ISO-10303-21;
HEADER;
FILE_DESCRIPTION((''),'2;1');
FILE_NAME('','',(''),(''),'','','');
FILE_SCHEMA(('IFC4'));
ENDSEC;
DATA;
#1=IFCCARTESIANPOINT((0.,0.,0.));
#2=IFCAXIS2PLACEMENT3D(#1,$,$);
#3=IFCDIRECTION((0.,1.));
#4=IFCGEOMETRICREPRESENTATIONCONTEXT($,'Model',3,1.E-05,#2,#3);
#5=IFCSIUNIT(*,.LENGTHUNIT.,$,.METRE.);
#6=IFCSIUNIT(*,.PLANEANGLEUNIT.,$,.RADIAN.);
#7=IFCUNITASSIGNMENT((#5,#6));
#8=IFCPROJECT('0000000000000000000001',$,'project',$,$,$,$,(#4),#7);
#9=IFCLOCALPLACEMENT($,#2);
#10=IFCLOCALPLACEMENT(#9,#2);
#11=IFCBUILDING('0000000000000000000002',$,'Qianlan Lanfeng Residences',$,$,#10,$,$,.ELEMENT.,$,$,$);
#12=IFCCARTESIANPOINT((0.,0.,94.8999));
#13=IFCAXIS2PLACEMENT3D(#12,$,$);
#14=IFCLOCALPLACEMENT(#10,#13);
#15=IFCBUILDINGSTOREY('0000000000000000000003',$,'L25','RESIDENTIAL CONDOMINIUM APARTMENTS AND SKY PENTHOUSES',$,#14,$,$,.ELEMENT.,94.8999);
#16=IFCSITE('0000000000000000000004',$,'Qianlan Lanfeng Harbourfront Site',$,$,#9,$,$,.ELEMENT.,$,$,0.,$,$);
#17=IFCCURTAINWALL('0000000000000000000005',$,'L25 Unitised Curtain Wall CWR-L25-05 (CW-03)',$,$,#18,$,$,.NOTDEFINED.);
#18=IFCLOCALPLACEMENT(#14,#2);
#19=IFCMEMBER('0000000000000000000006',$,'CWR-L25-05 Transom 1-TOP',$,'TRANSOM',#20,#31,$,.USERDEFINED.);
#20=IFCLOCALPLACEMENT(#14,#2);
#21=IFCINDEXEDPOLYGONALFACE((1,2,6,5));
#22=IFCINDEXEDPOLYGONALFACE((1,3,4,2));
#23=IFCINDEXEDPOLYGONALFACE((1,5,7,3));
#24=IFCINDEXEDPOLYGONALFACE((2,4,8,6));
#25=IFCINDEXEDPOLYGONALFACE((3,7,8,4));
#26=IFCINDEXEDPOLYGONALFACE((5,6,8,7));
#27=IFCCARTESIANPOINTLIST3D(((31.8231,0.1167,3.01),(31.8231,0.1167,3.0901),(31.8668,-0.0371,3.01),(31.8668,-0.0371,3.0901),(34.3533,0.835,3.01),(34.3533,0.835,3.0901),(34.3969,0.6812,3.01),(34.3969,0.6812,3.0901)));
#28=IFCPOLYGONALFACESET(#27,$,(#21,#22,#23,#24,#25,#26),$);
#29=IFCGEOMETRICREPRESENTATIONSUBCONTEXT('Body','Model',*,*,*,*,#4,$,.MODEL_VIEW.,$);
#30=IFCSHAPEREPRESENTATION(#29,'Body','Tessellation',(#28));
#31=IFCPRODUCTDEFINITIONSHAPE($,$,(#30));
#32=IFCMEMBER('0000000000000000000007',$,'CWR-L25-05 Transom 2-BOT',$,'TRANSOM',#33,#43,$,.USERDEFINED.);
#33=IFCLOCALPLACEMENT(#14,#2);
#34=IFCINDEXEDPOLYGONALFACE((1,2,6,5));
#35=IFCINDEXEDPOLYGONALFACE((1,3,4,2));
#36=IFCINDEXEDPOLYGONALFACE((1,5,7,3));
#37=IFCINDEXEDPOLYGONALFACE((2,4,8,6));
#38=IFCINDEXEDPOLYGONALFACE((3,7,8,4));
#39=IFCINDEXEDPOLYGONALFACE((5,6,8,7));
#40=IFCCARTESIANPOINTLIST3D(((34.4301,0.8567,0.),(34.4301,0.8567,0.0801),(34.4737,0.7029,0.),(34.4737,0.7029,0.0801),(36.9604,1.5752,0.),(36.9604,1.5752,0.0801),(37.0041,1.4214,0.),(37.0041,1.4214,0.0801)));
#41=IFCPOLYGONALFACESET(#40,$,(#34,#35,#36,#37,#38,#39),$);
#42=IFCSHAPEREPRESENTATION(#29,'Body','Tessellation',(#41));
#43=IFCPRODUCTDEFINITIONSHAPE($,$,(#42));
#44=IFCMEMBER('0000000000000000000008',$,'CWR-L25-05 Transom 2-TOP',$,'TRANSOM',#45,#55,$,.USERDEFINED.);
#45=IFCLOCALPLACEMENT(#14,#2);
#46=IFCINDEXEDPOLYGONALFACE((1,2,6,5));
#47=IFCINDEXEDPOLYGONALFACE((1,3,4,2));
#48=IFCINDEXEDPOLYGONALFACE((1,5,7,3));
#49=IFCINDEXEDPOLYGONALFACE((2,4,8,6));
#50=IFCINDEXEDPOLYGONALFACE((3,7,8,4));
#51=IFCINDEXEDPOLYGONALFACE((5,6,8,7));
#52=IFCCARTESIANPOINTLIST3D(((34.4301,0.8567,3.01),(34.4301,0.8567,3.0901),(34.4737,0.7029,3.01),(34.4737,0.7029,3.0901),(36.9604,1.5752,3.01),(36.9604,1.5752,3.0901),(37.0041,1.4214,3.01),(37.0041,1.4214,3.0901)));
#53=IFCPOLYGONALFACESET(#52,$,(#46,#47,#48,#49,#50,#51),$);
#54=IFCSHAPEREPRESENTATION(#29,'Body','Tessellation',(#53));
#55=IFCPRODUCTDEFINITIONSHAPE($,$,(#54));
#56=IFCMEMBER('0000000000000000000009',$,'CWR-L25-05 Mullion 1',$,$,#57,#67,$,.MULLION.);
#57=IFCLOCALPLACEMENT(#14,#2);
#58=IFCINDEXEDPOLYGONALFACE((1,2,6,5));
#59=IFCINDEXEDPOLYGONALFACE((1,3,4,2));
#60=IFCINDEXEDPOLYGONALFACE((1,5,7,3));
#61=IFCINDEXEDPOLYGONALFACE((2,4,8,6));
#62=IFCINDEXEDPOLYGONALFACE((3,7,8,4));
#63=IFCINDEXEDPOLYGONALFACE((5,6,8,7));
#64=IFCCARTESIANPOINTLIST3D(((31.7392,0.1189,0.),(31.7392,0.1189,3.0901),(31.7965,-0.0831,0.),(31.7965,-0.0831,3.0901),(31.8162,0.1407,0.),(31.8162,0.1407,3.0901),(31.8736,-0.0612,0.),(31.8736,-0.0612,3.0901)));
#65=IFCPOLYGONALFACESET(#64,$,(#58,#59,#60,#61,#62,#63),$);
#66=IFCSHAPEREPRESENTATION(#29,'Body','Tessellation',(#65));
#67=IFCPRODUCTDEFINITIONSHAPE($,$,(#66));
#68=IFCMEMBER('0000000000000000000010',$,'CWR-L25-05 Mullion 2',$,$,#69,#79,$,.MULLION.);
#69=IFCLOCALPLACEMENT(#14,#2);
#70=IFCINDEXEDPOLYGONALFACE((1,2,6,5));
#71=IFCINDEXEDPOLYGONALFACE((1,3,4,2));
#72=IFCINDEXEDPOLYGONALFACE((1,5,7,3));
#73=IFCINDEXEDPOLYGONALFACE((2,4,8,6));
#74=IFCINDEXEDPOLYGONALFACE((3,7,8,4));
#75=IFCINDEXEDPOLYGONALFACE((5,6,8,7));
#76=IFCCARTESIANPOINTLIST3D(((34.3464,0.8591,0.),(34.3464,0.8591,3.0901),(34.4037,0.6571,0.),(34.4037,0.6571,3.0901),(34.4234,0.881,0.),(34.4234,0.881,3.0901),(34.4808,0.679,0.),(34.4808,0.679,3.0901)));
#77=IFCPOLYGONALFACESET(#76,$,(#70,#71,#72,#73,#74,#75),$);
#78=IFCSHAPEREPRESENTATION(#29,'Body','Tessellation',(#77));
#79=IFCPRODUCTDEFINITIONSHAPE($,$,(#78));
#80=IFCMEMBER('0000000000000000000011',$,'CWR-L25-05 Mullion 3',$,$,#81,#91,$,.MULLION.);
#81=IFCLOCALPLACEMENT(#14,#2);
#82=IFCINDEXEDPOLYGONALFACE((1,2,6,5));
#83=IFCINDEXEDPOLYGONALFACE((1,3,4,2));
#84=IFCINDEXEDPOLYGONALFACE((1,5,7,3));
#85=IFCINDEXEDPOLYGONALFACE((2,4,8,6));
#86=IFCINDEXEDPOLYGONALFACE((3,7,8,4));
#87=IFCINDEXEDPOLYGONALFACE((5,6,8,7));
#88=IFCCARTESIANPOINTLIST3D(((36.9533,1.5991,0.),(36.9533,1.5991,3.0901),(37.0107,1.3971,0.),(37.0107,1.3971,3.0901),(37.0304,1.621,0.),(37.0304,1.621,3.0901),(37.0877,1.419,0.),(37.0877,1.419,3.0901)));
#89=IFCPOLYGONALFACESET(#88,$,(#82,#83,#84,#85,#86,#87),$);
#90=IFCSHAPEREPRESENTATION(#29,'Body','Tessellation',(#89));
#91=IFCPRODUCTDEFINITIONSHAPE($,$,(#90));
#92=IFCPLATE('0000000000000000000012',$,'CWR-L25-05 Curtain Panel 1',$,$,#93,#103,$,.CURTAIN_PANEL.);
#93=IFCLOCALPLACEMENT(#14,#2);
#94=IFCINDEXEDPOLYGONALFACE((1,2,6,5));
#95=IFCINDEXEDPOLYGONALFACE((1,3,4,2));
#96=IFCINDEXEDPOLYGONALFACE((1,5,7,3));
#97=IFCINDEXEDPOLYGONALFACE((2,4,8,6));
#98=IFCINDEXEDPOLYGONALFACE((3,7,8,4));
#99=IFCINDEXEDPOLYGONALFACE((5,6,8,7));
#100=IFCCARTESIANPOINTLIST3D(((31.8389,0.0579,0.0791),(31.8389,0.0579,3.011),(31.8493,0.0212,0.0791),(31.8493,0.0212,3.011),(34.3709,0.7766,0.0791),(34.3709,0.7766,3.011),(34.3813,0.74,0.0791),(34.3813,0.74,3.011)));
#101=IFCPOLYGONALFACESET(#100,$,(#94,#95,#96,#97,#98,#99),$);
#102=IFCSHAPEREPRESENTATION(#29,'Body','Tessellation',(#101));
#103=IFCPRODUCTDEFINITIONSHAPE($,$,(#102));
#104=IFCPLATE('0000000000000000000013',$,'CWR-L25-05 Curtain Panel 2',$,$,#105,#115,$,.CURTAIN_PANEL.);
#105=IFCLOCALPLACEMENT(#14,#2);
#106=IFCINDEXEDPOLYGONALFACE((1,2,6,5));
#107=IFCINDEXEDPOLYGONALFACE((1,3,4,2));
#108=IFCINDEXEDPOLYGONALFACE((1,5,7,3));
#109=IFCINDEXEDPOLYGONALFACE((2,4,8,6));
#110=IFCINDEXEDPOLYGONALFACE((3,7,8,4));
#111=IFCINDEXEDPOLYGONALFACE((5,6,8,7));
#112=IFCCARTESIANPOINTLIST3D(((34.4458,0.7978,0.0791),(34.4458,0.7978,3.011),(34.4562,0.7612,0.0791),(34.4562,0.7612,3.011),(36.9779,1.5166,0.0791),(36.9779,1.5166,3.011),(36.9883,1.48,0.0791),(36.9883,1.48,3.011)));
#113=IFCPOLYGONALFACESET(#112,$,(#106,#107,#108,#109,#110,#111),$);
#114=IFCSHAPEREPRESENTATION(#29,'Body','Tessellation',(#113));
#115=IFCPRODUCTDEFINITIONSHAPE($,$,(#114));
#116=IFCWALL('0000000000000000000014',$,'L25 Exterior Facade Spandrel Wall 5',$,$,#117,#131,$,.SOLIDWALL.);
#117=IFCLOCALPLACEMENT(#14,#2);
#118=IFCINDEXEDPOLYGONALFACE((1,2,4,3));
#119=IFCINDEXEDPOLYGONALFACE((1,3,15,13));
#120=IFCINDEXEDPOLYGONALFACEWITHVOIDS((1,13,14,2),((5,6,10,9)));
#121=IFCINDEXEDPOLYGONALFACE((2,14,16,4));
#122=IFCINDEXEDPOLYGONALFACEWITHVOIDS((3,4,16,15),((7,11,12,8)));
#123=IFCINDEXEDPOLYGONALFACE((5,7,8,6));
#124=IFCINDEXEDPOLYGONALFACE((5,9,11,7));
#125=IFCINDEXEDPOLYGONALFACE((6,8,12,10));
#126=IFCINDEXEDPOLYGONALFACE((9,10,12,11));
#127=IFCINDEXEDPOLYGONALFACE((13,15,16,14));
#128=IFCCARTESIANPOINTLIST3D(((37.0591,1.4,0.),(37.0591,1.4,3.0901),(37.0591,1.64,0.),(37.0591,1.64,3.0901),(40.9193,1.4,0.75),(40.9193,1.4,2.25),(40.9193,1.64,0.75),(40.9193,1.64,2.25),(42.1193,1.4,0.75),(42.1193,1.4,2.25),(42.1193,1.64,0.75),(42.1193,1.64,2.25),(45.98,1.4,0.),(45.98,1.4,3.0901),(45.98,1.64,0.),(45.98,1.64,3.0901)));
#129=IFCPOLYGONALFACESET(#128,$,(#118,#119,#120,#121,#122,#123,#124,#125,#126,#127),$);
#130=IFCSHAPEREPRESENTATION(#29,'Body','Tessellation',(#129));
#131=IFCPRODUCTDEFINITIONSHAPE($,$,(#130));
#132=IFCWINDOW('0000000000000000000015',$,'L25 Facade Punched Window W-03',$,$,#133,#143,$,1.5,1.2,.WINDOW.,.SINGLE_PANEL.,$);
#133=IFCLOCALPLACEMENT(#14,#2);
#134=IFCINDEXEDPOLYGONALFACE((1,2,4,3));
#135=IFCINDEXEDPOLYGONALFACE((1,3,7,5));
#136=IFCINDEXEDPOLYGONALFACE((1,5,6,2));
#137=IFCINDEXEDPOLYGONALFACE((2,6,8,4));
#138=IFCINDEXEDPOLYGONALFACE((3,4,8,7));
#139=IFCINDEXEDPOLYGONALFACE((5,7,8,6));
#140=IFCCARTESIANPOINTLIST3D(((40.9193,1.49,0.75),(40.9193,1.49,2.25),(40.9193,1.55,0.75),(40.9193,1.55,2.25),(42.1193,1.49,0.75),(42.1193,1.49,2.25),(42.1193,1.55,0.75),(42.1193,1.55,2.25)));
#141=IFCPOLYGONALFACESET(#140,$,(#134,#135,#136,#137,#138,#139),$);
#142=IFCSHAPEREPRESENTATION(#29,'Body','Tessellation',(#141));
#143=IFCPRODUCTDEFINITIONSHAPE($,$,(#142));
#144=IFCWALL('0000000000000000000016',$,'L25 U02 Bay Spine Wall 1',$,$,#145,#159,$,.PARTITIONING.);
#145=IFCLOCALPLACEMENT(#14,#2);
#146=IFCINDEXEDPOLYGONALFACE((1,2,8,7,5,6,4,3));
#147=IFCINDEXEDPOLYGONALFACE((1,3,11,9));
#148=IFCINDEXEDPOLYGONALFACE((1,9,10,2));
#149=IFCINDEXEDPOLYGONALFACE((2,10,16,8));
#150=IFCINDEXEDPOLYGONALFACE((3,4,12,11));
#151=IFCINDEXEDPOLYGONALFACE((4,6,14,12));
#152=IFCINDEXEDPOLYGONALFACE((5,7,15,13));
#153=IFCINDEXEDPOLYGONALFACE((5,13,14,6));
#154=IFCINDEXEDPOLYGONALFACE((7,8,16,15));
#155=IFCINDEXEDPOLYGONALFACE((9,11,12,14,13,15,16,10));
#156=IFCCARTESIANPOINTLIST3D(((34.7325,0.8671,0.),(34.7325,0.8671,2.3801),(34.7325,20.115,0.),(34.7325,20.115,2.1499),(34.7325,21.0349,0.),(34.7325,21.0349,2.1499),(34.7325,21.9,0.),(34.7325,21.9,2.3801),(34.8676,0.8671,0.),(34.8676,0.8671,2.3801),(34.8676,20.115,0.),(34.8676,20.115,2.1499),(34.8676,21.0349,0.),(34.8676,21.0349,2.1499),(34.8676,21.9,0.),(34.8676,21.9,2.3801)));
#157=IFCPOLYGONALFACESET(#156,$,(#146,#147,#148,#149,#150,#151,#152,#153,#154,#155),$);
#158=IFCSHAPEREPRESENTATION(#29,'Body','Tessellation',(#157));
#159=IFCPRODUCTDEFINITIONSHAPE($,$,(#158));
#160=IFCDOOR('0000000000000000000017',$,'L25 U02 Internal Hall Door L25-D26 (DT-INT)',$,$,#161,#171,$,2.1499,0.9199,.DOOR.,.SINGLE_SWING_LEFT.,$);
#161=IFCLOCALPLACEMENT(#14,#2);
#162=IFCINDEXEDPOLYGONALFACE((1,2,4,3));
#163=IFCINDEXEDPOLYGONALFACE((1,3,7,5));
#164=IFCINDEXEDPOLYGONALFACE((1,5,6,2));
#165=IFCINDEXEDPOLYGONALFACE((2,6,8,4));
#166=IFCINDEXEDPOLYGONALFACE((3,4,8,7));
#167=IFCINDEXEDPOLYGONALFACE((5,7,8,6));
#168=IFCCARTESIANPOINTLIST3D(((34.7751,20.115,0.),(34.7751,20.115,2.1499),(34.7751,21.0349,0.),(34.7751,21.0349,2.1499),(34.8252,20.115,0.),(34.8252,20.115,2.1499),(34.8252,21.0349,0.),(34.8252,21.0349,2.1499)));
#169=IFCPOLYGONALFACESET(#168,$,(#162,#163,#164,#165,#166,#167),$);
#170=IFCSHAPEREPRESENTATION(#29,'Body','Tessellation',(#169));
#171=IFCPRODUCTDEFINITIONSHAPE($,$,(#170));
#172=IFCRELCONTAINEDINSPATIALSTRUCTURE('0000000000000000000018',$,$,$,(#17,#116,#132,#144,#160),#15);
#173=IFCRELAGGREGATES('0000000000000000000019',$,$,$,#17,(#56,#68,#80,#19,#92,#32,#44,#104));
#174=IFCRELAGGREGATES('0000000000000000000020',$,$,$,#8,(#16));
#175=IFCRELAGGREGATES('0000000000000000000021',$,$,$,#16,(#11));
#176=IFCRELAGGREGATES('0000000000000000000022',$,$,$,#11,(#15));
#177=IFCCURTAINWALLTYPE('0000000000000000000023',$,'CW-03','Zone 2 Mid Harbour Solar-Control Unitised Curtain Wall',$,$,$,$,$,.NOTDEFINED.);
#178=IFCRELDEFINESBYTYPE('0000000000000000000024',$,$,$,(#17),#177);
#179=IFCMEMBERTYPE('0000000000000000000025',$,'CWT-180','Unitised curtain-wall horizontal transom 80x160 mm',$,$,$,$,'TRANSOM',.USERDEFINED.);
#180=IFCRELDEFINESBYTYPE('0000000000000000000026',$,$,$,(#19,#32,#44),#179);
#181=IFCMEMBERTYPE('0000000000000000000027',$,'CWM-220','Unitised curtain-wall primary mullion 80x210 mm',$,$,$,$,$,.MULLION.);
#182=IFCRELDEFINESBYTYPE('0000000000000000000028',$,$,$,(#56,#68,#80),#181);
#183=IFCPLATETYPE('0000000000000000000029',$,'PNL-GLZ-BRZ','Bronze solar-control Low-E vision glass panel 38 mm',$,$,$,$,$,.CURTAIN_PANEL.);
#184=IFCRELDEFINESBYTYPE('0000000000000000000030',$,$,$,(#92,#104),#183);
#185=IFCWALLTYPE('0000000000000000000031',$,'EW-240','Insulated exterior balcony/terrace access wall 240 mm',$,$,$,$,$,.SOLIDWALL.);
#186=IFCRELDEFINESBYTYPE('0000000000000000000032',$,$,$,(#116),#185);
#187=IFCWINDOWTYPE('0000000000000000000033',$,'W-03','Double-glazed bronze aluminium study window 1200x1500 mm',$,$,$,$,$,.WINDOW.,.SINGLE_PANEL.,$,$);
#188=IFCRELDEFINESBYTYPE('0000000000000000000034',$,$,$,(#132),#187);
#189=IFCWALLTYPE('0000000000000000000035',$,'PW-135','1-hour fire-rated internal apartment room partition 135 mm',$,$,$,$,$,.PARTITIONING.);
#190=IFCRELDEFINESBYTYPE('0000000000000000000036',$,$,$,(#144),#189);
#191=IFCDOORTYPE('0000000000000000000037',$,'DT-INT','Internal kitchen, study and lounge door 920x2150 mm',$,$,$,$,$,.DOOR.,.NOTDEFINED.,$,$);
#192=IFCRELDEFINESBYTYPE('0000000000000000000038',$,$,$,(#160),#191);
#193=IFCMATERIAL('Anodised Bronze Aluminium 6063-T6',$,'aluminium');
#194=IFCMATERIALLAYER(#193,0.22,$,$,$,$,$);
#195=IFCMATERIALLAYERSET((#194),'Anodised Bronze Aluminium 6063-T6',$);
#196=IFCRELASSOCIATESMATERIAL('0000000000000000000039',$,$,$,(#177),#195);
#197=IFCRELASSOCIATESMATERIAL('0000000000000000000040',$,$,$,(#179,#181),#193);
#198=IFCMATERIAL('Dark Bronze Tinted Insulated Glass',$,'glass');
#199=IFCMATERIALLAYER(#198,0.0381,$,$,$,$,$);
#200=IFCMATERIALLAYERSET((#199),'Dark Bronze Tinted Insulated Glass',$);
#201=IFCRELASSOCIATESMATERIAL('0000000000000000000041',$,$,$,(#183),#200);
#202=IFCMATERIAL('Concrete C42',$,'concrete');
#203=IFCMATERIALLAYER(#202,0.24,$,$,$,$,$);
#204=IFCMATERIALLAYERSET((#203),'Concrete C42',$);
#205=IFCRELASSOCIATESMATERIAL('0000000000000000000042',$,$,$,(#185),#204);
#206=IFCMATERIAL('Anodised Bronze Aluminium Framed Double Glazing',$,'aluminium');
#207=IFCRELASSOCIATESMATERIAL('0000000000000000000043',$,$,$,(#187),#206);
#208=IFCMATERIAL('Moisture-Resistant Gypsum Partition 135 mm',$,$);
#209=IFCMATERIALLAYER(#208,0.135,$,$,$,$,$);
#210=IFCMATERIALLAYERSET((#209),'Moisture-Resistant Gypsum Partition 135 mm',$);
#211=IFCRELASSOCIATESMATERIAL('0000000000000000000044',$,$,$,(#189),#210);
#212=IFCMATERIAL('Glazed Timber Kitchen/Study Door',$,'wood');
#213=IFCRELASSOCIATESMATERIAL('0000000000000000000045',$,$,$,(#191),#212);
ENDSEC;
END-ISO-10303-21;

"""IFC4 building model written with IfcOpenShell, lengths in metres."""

from ifc_helpers import new_model, si_unit, direction, frame, frame_2d, origin, origin_2d, place, context, subcontext, project, spatial, rectangle, extrude, source, transform, mapped, material, layer, layer_set, material_profile, profile_set, type_object, element, fill, aggregate, save


model = new_model("IFC4")

# Units and contexts
model_context = context("Model", 3, precision=1e-05, world=origin(), true_north=direction((0.0, 1.0)))
body_context = subcontext(model_context, "Body", "Model", "MODEL_VIEW")
ifc_project = project(units=[si_unit("LENGTHUNIT", "METRE"), si_unit("PLANEANGLEUNIT", "RADIAN")], contexts=[model_context])

# Site, building, storey
site_placement = place(None, origin())
site = spatial("IfcSite", under=ifc_project, at=site_placement, Name="Qianlan Lanfeng Harbourfront Site", CompositionType="ELEMENT", RefElevation=0.0)
building_placement = place(site_placement, origin())
building = spatial("IfcBuilding", under=site, at=building_placement, Name="Qianlan Lanfeng Residences", CompositionType="ELEMENT")
storey_placement = place(building_placement, frame((0.0, 0.0, 94.8999)))
storey = spatial("IfcBuildingStorey", under=building, at=storey_placement, Name="L25", Description="RESIDENTIAL CONDOMINIUM APARTMENTS AND SKY PENTHOUSES", CompositionType="ELEMENT", Elevation=94.8999)

# Curtain wall, members, plates
ifc_material_1 = material(Name="Anodised Bronze Aluminium 6063-T6", Category="aluminium")
ifc_layer_1 = layer(ifc_material_1, 0.22)
ifc_layer_set_1 = layer_set([ifc_layer_1], Name="Anodised Bronze Aluminium 6063-T6")
curtain_wall_type = type_object("IfcCurtainWallType", Name="CW-03", Description="Zone 2 Mid Harbour Solar-Control Unitised Curtain Wall", PredefinedType="NOTDEFINED", material=ifc_layer_set_1)
curtain_wall_placement = place(storey_placement, origin())
curtain_wall = element("IfcCurtainWall", 1, at=curtain_wall_placement, inside=storey, type_object=curtain_wall_type, Name="L25 Unitised Curtain Wall CWR-L25-05 (CW-03)", PredefinedType="NOTDEFINED")
ifc_material_profile_1 = material_profile(ifc_material_1, rectangle(XDim=0.0801, YDim=0.1599, at=origin_2d()), Name="ALU TRANSOM 80x160")
ifc_profile_set_1 = profile_set([ifc_material_profile_1], Name="Anodised Bronze Aluminium 6063-T6")
member_type_1 = type_object("IfcMemberType", Name="CWT-180", Description="Unitised curtain-wall horizontal transom 80x160 mm", ElementType="TRANSOM", PredefinedType="USERDEFINED", material=ifc_profile_set_1)
shared_shape_1 = source(origin(), body_context, "Body", "SweptSolid", [
    extrude(rectangle(XDim=0.0801, YDim=0.1599, at=origin_2d()), origin(), (0.0, 0.0, 1.0), 2.6301),
])
member_1_placement = place(storey_placement, frame((31.845, 0.0398, 3.05), z_axis=(0.961985, 0.273102, 0.0), x_axis=(0.0, 0.0, 1.0)))
member_1 = element("IfcMember", 2, at=member_1_placement, type_object=member_type_1, Name="CWR-L25-05 Transom 1-TOP", ObjectType="TRANSOM", PredefinedType="USERDEFINED", context=body_context, shape_type="MappedRepresentation", body=[
    mapped(shared_shape_1, transform((0.0, 0.0, 0.0), scale=1.0)),
])
shared_shape_2 = source(origin(), body_context, "Body", "SweptSolid", [
    extrude(rectangle(XDim=0.0801, YDim=0.1599, at=origin_2d()), origin(), (0.0, 0.0, 1.0), 2.6304),
])
member_2_placement = place(storey_placement, frame((34.4519, 0.7798, 0.04), z_axis=(0.961968, 0.273164, 0.0), x_axis=(0.0, 0.0, 1.0)))
member_2 = element("IfcMember", 3, at=member_2_placement, type_object=member_type_1, Name="CWR-L25-05 Transom 2-BOT", ObjectType="TRANSOM", PredefinedType="USERDEFINED", context=body_context, shape_type="MappedRepresentation", body=[
    mapped(shared_shape_2, transform((0.0, 0.0, 0.0), scale=1.0)),
])
member_3_placement = place(storey_placement, frame((34.4519, 0.7798, 3.05), z_axis=(0.961968, 0.273164, 0.0), x_axis=(0.0, 0.0, 1.0)))
member_3 = element("IfcMember", 4, at=member_3_placement, type_object=member_type_1, Name="CWR-L25-05 Transom 2-TOP", ObjectType="TRANSOM", PredefinedType="USERDEFINED", context=body_context, shape_type="MappedRepresentation", body=[
    mapped(shared_shape_2, transform((0.0, 0.0, 0.0), scale=1.0)),
])
ifc_material_profile_2 = material_profile(ifc_material_1, rectangle(XDim=0.0801, YDim=0.21, at=origin_2d()), Name="ALU MULLION 80x210")
ifc_profile_set_2 = profile_set([ifc_material_profile_2], Name="Anodised Bronze Aluminium 6063-T6")
member_type_2 = type_object("IfcMemberType", Name="CWM-220", Description="Unitised curtain-wall primary mullion 80x210 mm", PredefinedType="MULLION", material=ifc_profile_set_2)
shared_shape_3 = source(origin(), body_context, "Body", "SweptSolid", [
    extrude(rectangle(XDim=0.0801, YDim=0.21, at=origin_2d()), origin(), (0.0, 0.0, 1.0), 3.0901),
])
member_4_placement = place(storey_placement, frame((31.8064, 0.0288, 0.0), z_axis=(0.0, 0.0, 1.0), x_axis=(0.961989, 0.273088, 0.0)))
member_4 = element("IfcMember", 5, at=member_4_placement, type_object=member_type_2, Name="CWR-L25-05 Mullion 1", PredefinedType="MULLION", context=body_context, shape_type="MappedRepresentation", body=[
    mapped(shared_shape_3, transform((0.0, 0.0, 0.0), scale=1.0)),
])
member_5_placement = place(storey_placement, frame((34.4136, 0.769, 0.0), z_axis=(0.0, 0.0, 1.0), x_axis=(0.961989, 0.273088, 0.0)))
member_5 = element("IfcMember", 6, at=member_5_placement, type_object=member_type_2, Name="CWR-L25-05 Mullion 2", PredefinedType="MULLION", context=body_context, shape_type="MappedRepresentation", body=[
    mapped(shared_shape_3, transform((0.0, 0.0, 0.0), scale=1.0)),
])
member_6_placement = place(storey_placement, frame((37.0205, 1.509, 0.0), z_axis=(0.0, 0.0, 1.0), x_axis=(0.961989, 0.273088, 0.0)))
member_6 = element("IfcMember", 7, at=member_6_placement, type_object=member_type_2, Name="CWR-L25-05 Mullion 3", PredefinedType="MULLION", context=body_context, shape_type="MappedRepresentation", body=[
    mapped(shared_shape_3, transform((0.0, 0.0, 0.0), scale=1.0)),
])
ifc_material_2 = material(Name="Dark Bronze Tinted Insulated Glass", Category="glass")
ifc_layer_2 = layer(ifc_material_2, 0.0381)
ifc_layer_set_2 = layer_set([ifc_layer_2], Name="Dark Bronze Tinted Insulated Glass")
plate_type = type_object("IfcPlateType", Name="PNL-GLZ-BRZ", Description="Bronze solar-control Low-E vision glass panel 38 mm", PredefinedType="CURTAIN_PANEL", material=ifc_layer_set_2)
shared_shape_4 = source(origin(), body_context, "Body", "SweptSolid", [
    extrude(rectangle(XDim=2.6321, YDim=0.0381, at=origin_2d()), origin(), (0.0, 0.0, 1.0), 2.9319),
])
plate_1_placement = place(storey_placement, frame((33.1101, 0.3989, 0.0791), z_axis=(0.0, 0.0, 1.0), x_axis=(0.961989, 0.273088, 0.0)))
plate_1 = element("IfcPlate", 8, at=plate_1_placement, type_object=plate_type, Name="CWR-L25-05 Curtain Panel 1", PredefinedType="CURTAIN_PANEL", context=body_context, shape_type="MappedRepresentation", body=[
    mapped(shared_shape_4, transform((0.0, 0.0, 0.0), scale=1.0)),
])
plate_2_placement = place(storey_placement, frame((35.717, 1.1389, 0.0791), z_axis=(0.0, 0.0, 1.0), x_axis=(0.961989, 0.273088, 0.0)))
plate_2 = element("IfcPlate", 9, at=plate_2_placement, type_object=plate_type, Name="CWR-L25-05 Curtain Panel 2", PredefinedType="CURTAIN_PANEL", context=body_context, shape_type="MappedRepresentation", body=[
    mapped(shared_shape_4, transform((0.0, 0.0, 0.0), scale=1.0)),
])
aggregate(curtain_wall, [member_4, member_5, member_6, member_1, plate_1, member_2, member_3, plate_2])

# Wall, opening, window
ifc_material_3 = material(Name="Concrete C42", Category="concrete")
ifc_layer_3 = layer(ifc_material_3, 0.24)
ifc_layer_set_3 = layer_set([ifc_layer_3], Name="Concrete C42")
wall_type_1 = type_object("IfcWallType", Name="EW-240", Description="Insulated exterior balcony/terrace access wall 240 mm", PredefinedType="SOLIDWALL", material=ifc_layer_set_3)
wall_1_placement = place(storey_placement, frame((37.0591, 1.52, 0.0), z_axis=(0.0, 0.0, 1.0), x_axis=(1.0, 0.0, 0.0)))
wall_1 = element("IfcWall", 10, at=wall_1_placement, inside=storey, type_object=wall_type_1, Name="L25 Exterior Facade Spandrel Wall 5", PredefinedType="SOLIDWALL", context=body_context, shape_type="SweptSolid", body=[
    extrude(rectangle(XDim=8.9209, YDim=0.24, at=frame_2d((4.4604, 0.0))), origin(), (0.0, 0.0, 1.0), 3.0901),
])
opening_1_placement = place(wall_1_placement, frame((3.8601, 0.0, 0.75)))
opening_1 = element("IfcOpeningElement", 11, at=opening_1_placement, cuts=wall_1, PredefinedType="OPENING", context=body_context, shape_type="SweptSolid", body=[
    extrude(rectangle(XDim=1.2, YDim=1.5, at=frame_2d((0.6001, 0.75))), frame((0.0, 0.1299, 0.0), z_axis=(0.0, -1.0, 0.0), x_axis=(1.0, 0.0, 0.0)), (0.0, 0.0, 1.0), 0.26),
])
ifc_material_4 = material(Name="Anodised Bronze Aluminium Framed Double Glazing", Category="aluminium")
window_type = type_object("IfcWindowType", Name="W-03", Description="Double-glazed bronze aluminium study window 1200x1500 mm", PartitioningType="SINGLE_PANEL", PredefinedType="WINDOW", material=ifc_material_4)
window_placement = place(opening_1_placement, origin())
window = element("IfcWindow", 12, at=window_placement, inside=storey, type_object=window_type, Name="L25 Facade Punched Window W-03", OverallHeight=1.5, OverallWidth=1.2, PartitioningType="SINGLE_PANEL", PredefinedType="WINDOW", context=body_context, shape_type="SweptSolid", body=[
    extrude(rectangle(XDim=1.2, YDim=1.5, at=frame_2d((0.6001, 0.75))), frame((0.0, 0.03, 0.0), z_axis=(0.0, -1.0, 0.0), x_axis=(1.0, 0.0, 0.0)), (0.0, 0.0, 1.0), 0.0601),
])
fill(opening_1, window)

# Wall, opening, door
ifc_material_5 = material(Name="Moisture-Resistant Gypsum Partition 135 mm")
ifc_layer_4 = layer(ifc_material_5, 0.135)
ifc_layer_set_4 = layer_set([ifc_layer_4], Name="Moisture-Resistant Gypsum Partition 135 mm")
wall_type_2 = type_object("IfcWallType", Name="PW-135", Description="1-hour fire-rated internal apartment room partition 135 mm", PredefinedType="PARTITIONING", material=ifc_layer_set_4)
wall_2_placement = place(storey_placement, frame((34.8, 0.8669, 0.0), z_axis=(0.0, 0.0, 1.0), x_axis=(0.0, 1.0, 0.0)))
wall_2 = element("IfcWall", 13, at=wall_2_placement, inside=storey, type_object=wall_type_2, Name="L25 U02 Bay Spine Wall 1", PredefinedType="PARTITIONING", context=body_context, shape_type="SweptSolid", body=[
    extrude(rectangle(XDim=21.033, YDim=0.135, at=frame_2d((10.5166, 0.0))), origin(), (0.0, 0.0, 1.0), 2.3801),
])
opening_2_placement = place(wall_2_placement, frame((19.248, 0.0, 0.0)))
opening_2 = element("IfcOpeningElement", 14, at=opening_2_placement, cuts=wall_2, PredefinedType="OPENING", context=body_context, shape_type="SweptSolid", body=[
    extrude(rectangle(XDim=0.9199, YDim=2.1499, at=frame_2d((0.46, 1.075))), frame((0.0, 0.0776, 0.0), z_axis=(0.0, -1.0, 0.0), x_axis=(1.0, 0.0, 0.0)), (0.0, 0.0, 1.0), 0.155),
])
ifc_material_6 = material(Name="Glazed Timber Kitchen/Study Door", Category="wood")
door_type_1 = type_object("IfcDoorType", Name="DT-INT", Description="Internal kitchen, study and lounge door 920x2150 mm", OperationType="NOTDEFINED", PredefinedType="DOOR", material=ifc_material_6)
door_1_placement = place(opening_2_placement, origin())
door_1 = element("IfcDoor", 15, at=door_1_placement, inside=storey, type_object=door_type_1, Name="L25 U02 Internal Hall Door L25-D26 (DT-INT)", OperationType="SINGLE_SWING_LEFT", OverallHeight=2.1499, OverallWidth=0.9199, PredefinedType="DOOR", context=body_context, shape_type="SweptSolid", body=[
    extrude(rectangle(XDim=0.9199, YDim=2.1499, at=frame_2d((0.46, 1.075))), frame((0.0, 0.0249, 0.0), z_axis=(0.0, -1.0, 0.0), x_axis=(1.0, 0.0, 0.0)), (0.0, 0.0, 1.0), 0.05),
])
fill(opening_2, door_1)

save(model, "model.ifc")
